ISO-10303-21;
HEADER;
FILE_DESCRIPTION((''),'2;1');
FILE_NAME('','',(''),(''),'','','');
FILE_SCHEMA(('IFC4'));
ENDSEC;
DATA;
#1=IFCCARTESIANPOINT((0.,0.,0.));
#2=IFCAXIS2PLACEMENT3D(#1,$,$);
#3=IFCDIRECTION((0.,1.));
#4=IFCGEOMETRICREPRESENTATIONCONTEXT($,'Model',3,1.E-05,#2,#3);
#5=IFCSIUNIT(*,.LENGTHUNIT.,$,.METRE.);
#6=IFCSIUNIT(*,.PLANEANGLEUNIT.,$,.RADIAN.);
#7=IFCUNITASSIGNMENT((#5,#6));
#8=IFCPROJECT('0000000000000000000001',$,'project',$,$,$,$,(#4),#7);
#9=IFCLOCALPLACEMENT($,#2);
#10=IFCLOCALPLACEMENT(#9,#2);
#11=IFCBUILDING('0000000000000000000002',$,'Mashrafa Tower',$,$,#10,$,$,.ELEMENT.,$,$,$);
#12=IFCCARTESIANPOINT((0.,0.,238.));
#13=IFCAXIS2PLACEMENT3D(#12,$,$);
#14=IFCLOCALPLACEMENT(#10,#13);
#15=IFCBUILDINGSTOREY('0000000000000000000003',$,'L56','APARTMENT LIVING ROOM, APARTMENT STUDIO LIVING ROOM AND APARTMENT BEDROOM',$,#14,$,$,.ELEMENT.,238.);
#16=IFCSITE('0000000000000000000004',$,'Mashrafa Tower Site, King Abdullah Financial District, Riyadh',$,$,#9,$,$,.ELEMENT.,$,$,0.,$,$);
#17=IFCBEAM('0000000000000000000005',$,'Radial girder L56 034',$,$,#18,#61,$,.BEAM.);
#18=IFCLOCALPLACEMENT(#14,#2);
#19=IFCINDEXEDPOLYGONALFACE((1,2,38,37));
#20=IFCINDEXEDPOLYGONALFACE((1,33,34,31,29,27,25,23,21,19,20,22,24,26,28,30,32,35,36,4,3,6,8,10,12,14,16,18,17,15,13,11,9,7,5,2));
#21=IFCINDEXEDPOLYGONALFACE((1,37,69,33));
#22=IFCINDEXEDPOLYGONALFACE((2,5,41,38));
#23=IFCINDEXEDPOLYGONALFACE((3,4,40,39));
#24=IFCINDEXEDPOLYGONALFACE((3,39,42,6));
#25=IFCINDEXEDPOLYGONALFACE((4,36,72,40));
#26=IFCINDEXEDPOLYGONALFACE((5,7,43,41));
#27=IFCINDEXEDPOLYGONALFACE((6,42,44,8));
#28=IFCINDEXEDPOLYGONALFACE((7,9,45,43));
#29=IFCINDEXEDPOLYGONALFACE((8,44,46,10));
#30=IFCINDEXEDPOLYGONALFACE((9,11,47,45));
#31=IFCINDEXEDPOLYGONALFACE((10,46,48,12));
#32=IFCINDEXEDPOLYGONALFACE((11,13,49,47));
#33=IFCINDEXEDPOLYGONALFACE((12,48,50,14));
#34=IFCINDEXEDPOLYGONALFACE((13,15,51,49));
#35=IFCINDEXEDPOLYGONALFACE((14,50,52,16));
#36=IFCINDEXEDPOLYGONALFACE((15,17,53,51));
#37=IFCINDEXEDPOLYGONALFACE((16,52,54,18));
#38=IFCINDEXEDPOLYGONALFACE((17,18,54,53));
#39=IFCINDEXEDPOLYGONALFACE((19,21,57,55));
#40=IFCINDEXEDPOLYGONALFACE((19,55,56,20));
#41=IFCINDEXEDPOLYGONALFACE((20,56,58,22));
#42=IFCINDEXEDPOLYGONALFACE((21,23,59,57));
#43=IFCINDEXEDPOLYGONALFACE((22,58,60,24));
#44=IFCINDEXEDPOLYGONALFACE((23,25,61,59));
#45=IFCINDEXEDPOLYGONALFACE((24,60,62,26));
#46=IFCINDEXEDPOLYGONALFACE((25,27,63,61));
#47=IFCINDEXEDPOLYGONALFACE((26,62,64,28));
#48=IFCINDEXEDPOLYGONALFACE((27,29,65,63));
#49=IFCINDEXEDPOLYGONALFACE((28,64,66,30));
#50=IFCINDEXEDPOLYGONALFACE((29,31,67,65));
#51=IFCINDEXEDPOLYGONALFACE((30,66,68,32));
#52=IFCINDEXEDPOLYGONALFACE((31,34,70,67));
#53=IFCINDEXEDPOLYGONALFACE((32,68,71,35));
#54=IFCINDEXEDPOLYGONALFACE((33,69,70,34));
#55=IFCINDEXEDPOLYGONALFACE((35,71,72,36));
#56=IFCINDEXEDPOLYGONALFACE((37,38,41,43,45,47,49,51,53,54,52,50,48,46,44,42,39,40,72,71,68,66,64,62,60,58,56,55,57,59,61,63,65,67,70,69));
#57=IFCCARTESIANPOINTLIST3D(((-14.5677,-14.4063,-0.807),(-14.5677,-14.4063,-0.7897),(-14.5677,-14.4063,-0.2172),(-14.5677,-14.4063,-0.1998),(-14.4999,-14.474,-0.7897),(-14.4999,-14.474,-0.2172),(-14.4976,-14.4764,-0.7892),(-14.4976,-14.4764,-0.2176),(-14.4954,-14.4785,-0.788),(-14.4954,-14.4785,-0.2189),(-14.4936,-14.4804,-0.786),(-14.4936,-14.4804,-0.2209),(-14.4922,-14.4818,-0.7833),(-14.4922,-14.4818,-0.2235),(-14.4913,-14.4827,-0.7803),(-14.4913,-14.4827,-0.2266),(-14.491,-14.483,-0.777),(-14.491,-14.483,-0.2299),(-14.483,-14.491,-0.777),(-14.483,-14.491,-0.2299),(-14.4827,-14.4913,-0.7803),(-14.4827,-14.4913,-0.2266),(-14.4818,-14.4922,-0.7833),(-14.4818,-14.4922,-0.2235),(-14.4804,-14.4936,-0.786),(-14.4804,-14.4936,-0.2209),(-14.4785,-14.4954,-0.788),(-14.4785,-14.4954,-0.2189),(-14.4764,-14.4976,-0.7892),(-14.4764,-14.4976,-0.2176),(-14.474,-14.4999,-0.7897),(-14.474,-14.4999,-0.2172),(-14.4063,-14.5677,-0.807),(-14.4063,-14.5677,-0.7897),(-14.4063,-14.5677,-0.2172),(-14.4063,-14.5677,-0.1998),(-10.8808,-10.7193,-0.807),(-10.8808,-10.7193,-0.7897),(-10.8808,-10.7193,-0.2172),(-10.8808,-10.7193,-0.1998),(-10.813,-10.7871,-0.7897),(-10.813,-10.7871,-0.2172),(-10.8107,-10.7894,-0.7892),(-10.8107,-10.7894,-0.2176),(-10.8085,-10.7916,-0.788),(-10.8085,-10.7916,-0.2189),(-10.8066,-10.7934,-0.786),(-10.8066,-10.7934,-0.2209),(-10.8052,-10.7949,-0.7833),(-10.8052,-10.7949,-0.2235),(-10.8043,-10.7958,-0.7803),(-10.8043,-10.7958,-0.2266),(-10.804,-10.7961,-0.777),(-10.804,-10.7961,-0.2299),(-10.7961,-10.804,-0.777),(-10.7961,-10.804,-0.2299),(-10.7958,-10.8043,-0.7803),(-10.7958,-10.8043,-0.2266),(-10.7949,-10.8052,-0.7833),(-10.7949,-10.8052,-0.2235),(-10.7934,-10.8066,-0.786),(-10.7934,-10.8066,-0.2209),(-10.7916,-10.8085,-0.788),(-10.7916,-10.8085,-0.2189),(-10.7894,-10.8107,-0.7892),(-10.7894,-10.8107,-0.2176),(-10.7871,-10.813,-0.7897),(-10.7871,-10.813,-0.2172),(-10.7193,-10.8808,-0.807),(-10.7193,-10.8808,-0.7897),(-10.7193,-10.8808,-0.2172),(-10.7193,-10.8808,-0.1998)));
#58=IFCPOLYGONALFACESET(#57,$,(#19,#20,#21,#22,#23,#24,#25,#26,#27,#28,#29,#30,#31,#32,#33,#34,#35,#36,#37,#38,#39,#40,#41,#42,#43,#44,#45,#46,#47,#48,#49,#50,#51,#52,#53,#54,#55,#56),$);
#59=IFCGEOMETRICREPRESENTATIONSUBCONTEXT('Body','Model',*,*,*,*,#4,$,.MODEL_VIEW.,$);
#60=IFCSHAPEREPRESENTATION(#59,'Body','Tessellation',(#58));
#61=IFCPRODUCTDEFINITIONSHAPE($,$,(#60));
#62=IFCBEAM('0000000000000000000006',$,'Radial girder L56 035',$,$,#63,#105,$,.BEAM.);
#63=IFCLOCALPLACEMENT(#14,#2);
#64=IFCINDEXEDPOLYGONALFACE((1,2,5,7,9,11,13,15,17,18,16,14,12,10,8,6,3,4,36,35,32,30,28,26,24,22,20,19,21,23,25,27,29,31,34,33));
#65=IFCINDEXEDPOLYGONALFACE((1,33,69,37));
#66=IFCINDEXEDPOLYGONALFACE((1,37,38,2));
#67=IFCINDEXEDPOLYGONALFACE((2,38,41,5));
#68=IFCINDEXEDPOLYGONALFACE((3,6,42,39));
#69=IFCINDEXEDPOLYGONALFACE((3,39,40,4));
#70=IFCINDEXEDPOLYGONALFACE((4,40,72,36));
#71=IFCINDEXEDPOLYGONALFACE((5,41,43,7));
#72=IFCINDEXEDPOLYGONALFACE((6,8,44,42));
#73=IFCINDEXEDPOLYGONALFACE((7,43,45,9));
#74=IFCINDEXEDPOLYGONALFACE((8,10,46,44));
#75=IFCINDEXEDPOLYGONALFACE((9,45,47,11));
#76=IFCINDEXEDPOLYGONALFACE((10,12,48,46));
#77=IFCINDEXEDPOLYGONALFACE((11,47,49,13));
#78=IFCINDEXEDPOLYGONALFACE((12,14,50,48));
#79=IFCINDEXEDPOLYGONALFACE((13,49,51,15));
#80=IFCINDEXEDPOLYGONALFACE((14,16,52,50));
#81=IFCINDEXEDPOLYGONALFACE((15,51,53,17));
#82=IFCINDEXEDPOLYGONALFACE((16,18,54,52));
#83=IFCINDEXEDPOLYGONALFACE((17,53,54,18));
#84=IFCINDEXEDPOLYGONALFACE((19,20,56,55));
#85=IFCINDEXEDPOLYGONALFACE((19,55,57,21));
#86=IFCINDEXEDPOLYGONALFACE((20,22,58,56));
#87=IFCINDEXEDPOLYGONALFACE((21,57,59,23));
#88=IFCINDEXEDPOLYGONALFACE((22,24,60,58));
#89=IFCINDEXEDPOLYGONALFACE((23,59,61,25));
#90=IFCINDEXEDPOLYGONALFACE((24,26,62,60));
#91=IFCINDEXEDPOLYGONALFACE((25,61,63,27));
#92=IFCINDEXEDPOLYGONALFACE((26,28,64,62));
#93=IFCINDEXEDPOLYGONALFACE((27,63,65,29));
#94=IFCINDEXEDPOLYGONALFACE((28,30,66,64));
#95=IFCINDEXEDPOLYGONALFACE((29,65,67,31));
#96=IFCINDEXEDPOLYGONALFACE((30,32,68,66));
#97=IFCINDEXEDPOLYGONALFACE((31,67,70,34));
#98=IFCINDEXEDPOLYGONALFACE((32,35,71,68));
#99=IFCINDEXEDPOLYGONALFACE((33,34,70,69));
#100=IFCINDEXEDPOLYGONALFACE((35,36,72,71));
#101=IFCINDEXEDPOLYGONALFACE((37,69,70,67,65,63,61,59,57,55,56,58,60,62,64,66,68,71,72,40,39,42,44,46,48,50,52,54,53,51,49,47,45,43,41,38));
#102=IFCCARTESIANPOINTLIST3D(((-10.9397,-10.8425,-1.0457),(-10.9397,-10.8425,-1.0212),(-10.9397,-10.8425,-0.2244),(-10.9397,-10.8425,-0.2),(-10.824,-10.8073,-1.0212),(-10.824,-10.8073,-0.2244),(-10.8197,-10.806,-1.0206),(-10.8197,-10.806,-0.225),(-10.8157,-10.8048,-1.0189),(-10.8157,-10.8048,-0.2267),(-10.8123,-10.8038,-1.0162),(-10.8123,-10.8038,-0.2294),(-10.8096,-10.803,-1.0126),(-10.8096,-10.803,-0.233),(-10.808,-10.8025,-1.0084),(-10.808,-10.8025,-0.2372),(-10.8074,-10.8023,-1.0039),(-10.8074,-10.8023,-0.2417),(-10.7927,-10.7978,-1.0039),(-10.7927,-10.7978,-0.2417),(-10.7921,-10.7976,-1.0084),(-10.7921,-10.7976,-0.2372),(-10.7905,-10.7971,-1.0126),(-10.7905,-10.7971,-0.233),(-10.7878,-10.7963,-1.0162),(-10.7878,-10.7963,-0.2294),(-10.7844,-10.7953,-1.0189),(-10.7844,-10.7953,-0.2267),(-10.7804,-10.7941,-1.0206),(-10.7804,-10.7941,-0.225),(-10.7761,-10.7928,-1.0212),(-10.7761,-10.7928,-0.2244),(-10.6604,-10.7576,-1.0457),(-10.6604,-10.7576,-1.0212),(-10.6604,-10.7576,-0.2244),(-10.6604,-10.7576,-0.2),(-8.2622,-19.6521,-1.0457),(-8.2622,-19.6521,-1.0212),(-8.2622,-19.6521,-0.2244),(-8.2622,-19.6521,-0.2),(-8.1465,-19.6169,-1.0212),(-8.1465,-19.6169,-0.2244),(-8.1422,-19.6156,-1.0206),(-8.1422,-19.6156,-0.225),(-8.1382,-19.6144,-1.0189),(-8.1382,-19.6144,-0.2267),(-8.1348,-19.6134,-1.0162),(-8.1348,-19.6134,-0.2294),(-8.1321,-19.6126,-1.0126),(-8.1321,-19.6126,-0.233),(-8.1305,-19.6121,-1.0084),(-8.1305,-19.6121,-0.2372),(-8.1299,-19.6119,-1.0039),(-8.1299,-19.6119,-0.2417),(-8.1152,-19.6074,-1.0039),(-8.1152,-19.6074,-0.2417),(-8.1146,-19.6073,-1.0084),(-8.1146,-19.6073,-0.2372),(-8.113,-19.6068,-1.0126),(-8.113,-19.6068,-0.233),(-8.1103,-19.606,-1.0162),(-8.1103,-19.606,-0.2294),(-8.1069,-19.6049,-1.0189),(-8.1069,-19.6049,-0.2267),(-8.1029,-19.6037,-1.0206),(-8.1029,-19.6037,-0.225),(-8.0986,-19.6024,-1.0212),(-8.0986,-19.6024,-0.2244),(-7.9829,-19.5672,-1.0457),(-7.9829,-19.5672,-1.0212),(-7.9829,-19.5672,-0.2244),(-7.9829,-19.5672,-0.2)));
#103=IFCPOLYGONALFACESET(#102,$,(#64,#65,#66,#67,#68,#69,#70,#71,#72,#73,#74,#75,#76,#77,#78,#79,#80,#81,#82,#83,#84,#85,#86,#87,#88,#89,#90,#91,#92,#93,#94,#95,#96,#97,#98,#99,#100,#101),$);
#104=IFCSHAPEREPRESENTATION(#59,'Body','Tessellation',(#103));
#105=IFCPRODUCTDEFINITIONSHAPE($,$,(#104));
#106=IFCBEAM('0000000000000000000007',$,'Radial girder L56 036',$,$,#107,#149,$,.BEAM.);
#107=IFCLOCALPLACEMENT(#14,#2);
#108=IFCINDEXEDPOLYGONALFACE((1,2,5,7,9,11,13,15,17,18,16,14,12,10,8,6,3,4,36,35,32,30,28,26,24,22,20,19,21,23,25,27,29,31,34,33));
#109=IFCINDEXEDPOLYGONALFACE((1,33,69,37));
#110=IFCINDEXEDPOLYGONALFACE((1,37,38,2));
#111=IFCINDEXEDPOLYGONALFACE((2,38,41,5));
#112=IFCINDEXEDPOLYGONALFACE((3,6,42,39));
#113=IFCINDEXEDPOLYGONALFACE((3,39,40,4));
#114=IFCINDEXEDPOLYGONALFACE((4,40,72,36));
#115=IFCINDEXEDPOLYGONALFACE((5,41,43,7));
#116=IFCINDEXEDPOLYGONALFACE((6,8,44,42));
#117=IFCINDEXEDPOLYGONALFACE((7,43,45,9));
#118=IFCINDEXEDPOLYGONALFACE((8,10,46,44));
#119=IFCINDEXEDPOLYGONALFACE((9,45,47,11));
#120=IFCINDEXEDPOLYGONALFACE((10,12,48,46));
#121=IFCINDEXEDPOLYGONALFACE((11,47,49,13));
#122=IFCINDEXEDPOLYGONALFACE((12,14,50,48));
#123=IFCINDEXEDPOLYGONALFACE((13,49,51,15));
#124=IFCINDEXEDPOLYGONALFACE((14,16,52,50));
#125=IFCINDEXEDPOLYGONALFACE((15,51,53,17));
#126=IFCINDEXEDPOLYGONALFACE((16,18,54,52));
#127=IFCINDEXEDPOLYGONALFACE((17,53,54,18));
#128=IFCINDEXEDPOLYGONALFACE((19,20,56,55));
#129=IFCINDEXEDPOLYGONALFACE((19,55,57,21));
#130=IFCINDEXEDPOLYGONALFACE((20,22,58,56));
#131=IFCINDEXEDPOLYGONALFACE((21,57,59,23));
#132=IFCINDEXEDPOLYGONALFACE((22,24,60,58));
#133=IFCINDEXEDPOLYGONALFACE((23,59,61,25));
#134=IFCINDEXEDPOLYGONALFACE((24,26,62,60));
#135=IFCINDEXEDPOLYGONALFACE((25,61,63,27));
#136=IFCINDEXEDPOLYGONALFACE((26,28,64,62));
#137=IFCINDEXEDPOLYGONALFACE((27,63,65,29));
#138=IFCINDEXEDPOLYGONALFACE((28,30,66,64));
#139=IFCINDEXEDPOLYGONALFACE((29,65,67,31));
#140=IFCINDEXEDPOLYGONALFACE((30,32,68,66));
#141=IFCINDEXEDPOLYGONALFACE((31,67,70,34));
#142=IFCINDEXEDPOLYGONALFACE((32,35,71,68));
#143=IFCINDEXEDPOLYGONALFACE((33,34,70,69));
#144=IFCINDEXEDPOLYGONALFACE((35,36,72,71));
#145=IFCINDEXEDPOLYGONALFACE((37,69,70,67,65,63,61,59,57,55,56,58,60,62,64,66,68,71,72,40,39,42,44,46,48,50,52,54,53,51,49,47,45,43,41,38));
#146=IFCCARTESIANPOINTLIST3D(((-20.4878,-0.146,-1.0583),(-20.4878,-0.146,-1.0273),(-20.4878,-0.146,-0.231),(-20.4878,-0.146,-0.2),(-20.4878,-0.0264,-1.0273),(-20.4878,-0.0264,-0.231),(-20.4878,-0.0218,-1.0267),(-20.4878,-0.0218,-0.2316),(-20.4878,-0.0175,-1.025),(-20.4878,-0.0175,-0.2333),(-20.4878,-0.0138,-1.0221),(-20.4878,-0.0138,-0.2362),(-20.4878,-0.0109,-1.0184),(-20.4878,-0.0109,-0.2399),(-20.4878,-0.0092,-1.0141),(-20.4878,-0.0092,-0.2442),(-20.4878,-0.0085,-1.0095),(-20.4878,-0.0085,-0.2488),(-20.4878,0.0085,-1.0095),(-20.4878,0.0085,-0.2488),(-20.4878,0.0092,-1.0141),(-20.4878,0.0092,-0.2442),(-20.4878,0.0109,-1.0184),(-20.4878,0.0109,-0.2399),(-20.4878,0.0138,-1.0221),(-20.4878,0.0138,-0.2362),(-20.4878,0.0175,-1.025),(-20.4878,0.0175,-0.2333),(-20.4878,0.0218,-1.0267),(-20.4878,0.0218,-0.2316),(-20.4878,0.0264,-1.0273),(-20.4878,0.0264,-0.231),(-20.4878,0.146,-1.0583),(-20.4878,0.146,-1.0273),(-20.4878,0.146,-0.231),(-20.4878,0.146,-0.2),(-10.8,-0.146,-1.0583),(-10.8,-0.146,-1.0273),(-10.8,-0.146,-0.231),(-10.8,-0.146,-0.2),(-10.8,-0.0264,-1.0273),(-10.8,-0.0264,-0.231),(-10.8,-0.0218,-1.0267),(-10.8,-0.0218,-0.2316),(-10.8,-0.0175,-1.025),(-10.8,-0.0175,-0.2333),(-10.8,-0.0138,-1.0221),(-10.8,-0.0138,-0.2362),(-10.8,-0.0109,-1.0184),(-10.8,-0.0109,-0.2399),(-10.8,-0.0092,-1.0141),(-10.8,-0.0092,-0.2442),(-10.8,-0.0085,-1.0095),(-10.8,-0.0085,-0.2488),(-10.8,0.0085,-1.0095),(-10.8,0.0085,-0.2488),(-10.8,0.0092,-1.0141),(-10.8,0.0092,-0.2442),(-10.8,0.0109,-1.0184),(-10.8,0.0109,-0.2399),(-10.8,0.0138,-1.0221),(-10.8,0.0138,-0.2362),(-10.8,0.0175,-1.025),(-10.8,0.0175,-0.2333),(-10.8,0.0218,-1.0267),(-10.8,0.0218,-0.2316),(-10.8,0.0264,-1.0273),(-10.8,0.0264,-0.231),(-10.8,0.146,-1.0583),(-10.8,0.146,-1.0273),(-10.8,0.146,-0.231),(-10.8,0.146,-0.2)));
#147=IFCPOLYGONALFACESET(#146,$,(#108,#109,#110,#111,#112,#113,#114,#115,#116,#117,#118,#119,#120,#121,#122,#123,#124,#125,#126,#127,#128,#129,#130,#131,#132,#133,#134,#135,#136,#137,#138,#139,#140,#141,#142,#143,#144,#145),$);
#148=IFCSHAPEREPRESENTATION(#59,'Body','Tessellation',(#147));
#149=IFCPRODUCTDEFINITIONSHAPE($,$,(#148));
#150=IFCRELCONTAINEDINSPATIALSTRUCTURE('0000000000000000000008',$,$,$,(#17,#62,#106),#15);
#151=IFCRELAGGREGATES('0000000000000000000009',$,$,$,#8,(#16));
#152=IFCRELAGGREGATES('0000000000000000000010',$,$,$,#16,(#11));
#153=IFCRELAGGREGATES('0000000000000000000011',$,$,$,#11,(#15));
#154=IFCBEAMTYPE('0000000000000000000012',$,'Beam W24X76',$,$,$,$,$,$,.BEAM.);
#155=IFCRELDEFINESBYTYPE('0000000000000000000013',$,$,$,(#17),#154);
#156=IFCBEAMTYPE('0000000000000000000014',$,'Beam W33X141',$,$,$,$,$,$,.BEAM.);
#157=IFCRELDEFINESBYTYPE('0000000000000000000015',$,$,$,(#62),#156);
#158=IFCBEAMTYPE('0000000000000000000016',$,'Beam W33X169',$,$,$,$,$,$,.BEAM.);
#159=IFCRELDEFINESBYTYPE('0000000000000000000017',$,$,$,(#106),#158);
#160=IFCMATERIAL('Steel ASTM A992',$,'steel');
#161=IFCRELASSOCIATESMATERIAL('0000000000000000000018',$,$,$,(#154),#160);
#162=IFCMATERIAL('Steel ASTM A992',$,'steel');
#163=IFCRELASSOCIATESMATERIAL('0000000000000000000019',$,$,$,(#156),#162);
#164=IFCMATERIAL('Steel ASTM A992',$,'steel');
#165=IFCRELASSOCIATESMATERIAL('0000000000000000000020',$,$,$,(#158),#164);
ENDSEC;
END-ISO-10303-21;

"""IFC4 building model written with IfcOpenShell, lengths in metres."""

from ifc_helpers import new_model, si_unit, direction, frame, origin, origin_2d, place, context, subcontext, project, spatial, i_section, extrude, material, material_profile, profile_set, type_object, element, save


model = new_model("IFC4")

# Units and contexts
model_context = context("Model", 3, precision=1e-05, world=origin(), true_north=direction((0.0, 1.0)))
body_context = subcontext(model_context, "Body", "Model", "MODEL_VIEW")
ifc_project = project(units=[si_unit("LENGTHUNIT", "METRE"), si_unit("PLANEANGLEUNIT", "RADIAN")], contexts=[model_context])

# Site, building, storey
site_placement = place(None, origin())
site = spatial("IfcSite", under=ifc_project, at=site_placement, Name="Mashrafa Tower Site, King Abdullah Financial District, Riyadh", CompositionType="ELEMENT", RefElevation=0.0)
building_placement = place(site_placement, origin())
building = spatial("IfcBuilding", under=site, at=building_placement, Name="Mashrafa Tower", CompositionType="ELEMENT")
storey_placement = place(building_placement, frame((0.0, 0.0, 238.0)))
storey = spatial("IfcBuildingStorey", under=building, at=storey_placement, Name="L56", Description="APARTMENT LIVING ROOM, APARTMENT STUDIO LIVING ROOM AND APARTMENT BEDROOM", CompositionType="ELEMENT", Elevation=238.0)

# Beams
ifc_material_1 = material(Name="Steel ASTM A992", Category="steel")
ifc_material_profile_1 = material_profile(ifc_material_1, i_section(OverallWidth=0.2283, OverallDepth=0.6072, WebThickness=0.0112, FlangeThickness=0.0173, FilletRadius=0.0127, at=origin_2d()), Name="W24X76")
ifc_profile_set_1 = profile_set([ifc_material_profile_1], Name="Steel ASTM A992")
beam_type_1 = type_object("IfcBeamType", Name="Beam W24X76", PredefinedType="BEAM", material=ifc_profile_set_1)
beam_1_placement = place(storey_placement, frame((-10.8, -10.8, -0.5034), z_axis=(-0.707107, -0.707107, 0.0), x_axis=(0.707107, -0.707107, 0.0)))
element("IfcBeam", 1, at=beam_1_placement, inside=storey, type_object=beam_type_1, Name="Radial girder L56 034", PredefinedType="BEAM", context=body_context, shape_type="SweptSolid", body=[
    extrude(i_section(OverallWidth=0.2283, OverallDepth=0.6072, WebThickness=0.0112, FlangeThickness=0.0173, FilletRadius=0.0127, at=origin_2d()), origin(), (0.0, 0.0, 1.0), 5.2141),
])
ifc_material_2 = material(Name="Steel ASTM A992", Category="steel")
ifc_material_profile_2 = material_profile(ifc_material_2, i_section(OverallWidth=0.292, OverallDepth=0.8457, WebThickness=0.0154, FlangeThickness=0.0244, FilletRadius=0.0173, at=origin_2d()), Name="W33X141")
ifc_profile_set_2 = profile_set([ifc_material_profile_2], Name="Steel ASTM A992")
beam_type_2 = type_object("IfcBeamType", Name="Beam W33X141", PredefinedType="BEAM", material=ifc_profile_set_2)
beam_2_placement = place(storey_placement, frame((-10.8, -10.8, -0.6228), z_axis=(0.290795, -0.956785, 0.0), x_axis=(0.956785, 0.290795, 0.0)))
element("IfcBeam", 2, at=beam_2_placement, inside=storey, type_object=beam_type_2, Name="Radial girder L56 035", PredefinedType="BEAM", context=body_context, shape_type="SweptSolid", body=[
    extrude(i_section(OverallWidth=0.292, OverallDepth=0.8457, WebThickness=0.0154, FlangeThickness=0.0244, FilletRadius=0.0173, at=origin_2d()), origin(), (0.0, 0.0, 1.0), 9.2075),
])
ifc_material_3 = material(Name="Steel ASTM A992", Category="steel")
ifc_material_profile_3 = material_profile(ifc_material_3, i_section(OverallWidth=0.292, OverallDepth=0.8584, WebThickness=0.0171, FlangeThickness=0.031, FilletRadius=0.0178, at=origin_2d()), Name="W33X169")
ifc_profile_set_3 = profile_set([ifc_material_profile_3], Name="Steel ASTM A992")
beam_type_3 = type_object("IfcBeamType", Name="Beam W33X169", PredefinedType="BEAM", material=ifc_profile_set_3)
beam_3_placement = place(storey_placement, frame((-10.8, 0.0, -0.6292), z_axis=(-1.0, 0.0, 0.0), x_axis=(0.0, -1.0, 0.0)))
element("IfcBeam", 3, at=beam_3_placement, inside=storey, type_object=beam_type_3, Name="Radial girder L56 036", PredefinedType="BEAM", context=body_context, shape_type="SweptSolid", body=[
    extrude(i_section(OverallWidth=0.292, OverallDepth=0.8584, WebThickness=0.0171, FlangeThickness=0.031, FilletRadius=0.0178, at=origin_2d()), origin(), (0.0, 0.0, 1.0), 9.6877),
])

save(model, "model.ifc")
